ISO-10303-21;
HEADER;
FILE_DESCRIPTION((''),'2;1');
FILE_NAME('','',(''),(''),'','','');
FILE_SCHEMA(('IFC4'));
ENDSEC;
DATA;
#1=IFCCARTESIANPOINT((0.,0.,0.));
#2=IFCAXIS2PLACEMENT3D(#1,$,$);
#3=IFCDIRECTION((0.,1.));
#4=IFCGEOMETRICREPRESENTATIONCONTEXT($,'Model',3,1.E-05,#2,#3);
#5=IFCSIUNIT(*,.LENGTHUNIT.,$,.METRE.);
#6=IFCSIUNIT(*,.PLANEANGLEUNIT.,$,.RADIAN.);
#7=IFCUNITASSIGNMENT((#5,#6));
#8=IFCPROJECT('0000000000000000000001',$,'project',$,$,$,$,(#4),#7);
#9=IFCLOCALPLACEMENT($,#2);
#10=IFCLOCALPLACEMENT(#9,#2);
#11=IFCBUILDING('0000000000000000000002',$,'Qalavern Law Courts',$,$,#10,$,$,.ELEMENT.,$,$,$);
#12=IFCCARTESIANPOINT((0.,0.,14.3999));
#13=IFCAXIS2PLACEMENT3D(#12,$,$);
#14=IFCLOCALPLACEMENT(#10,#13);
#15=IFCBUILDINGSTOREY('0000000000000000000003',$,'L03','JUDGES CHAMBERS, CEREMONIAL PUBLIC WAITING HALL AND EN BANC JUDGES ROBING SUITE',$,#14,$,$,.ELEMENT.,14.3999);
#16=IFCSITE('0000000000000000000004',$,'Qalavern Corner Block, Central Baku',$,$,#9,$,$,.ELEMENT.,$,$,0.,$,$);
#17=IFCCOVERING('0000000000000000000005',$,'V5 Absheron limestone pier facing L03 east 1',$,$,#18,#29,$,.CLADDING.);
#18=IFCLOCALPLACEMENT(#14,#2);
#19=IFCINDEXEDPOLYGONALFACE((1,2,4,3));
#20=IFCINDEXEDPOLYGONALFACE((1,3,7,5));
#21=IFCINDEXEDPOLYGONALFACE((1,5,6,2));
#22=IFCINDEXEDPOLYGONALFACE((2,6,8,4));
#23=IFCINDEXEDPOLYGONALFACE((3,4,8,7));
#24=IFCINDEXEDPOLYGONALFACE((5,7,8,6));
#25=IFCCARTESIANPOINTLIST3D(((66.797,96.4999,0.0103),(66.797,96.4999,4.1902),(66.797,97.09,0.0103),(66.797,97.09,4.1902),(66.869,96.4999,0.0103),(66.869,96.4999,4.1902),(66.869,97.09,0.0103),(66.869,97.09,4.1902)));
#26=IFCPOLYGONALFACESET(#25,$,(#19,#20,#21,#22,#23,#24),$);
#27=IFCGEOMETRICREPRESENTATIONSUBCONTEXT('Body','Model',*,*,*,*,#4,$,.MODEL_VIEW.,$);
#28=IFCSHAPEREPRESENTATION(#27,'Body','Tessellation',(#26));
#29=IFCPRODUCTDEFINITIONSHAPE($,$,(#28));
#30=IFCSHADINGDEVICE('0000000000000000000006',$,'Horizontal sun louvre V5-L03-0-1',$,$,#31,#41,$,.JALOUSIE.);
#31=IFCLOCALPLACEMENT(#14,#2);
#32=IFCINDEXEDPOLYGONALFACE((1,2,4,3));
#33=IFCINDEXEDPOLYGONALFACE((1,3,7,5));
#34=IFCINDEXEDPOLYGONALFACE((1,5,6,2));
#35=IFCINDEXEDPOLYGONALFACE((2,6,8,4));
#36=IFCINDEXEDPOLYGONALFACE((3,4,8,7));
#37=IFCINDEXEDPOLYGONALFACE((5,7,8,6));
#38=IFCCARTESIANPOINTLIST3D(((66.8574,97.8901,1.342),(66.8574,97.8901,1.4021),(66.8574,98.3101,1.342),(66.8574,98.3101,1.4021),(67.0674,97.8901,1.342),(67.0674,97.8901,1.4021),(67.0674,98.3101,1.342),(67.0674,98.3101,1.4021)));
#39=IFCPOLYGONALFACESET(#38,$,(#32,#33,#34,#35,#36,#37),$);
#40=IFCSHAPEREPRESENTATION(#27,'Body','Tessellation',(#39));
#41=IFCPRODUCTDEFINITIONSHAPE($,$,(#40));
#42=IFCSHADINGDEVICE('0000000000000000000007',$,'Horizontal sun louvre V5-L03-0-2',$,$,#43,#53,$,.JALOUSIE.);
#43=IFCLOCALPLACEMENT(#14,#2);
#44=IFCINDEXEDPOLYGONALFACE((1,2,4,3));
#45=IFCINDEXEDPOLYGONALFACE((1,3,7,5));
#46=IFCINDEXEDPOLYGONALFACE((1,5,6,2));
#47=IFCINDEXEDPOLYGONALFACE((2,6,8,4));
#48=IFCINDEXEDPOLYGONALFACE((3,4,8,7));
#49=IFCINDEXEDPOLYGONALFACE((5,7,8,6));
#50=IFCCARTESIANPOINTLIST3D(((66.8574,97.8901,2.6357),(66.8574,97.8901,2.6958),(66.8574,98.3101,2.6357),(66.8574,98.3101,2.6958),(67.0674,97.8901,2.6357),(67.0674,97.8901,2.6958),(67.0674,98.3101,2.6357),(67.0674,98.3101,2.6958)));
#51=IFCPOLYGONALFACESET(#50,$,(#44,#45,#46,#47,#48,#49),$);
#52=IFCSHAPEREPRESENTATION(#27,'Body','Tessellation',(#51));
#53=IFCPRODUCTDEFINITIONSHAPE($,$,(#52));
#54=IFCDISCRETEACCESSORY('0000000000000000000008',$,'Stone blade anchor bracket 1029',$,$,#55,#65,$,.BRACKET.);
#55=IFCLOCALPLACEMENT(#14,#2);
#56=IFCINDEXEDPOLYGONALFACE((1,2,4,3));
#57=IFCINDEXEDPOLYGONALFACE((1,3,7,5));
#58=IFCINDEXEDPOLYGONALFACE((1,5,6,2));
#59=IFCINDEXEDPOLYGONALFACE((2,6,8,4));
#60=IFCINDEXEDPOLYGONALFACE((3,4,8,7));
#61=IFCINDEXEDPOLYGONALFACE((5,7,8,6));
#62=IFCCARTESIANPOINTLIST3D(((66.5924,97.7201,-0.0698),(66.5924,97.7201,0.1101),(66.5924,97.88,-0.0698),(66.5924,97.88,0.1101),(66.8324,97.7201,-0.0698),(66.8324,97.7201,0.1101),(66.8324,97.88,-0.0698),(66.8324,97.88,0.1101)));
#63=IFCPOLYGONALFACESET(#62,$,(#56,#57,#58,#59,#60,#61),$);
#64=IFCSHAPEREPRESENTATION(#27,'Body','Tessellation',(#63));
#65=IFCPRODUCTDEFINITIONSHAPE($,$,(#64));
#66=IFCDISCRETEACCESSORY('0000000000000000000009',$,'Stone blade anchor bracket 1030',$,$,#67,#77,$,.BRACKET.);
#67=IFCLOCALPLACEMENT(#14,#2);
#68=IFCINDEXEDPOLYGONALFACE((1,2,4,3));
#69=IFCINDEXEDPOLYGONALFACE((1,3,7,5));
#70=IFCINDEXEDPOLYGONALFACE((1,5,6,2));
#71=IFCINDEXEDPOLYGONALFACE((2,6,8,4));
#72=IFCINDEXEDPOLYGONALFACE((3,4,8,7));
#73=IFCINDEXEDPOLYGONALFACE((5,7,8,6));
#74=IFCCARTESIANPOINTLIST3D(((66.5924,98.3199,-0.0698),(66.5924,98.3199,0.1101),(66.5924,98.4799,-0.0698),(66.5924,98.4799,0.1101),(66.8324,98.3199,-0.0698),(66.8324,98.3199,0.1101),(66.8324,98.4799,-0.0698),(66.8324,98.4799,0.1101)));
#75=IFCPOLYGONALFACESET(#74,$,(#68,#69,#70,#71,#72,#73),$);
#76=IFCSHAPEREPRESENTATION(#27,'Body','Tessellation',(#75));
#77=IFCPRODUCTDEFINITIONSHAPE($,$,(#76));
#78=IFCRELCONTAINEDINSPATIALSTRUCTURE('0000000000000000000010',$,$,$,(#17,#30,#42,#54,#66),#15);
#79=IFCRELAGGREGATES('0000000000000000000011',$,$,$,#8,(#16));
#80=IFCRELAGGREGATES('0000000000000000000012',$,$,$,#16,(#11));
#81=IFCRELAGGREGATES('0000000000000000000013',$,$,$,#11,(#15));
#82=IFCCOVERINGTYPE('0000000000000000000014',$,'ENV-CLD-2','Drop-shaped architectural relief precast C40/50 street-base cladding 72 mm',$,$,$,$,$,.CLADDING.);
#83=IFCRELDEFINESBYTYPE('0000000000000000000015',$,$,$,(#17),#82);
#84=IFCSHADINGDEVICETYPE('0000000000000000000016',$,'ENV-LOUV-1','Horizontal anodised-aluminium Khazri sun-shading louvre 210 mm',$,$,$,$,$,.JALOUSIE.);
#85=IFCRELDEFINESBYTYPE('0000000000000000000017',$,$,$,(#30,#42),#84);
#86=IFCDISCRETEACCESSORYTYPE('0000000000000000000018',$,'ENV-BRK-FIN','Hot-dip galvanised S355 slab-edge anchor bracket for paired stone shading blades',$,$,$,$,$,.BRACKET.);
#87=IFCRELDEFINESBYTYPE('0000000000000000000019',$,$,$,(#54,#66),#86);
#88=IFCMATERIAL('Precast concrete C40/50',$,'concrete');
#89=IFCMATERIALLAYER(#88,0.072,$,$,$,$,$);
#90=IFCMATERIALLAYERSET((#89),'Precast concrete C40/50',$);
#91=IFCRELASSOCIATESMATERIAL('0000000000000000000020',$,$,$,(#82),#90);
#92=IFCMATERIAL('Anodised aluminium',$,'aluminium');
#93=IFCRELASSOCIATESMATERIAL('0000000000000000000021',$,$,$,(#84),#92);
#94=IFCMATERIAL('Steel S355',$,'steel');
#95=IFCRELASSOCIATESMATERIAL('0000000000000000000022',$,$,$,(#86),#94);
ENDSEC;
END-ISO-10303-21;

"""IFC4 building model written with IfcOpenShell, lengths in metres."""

from ifc_helpers import new_model, si_unit, direction, frame, origin, origin_2d, place, context, subcontext, project, spatial, rectangle, extrude, material, layer, layer_set, type_object, element, save


model = new_model("IFC4")

# Units and contexts
model_context = context("Model", 3, precision=1e-05, world=origin(), true_north=direction((0.0, 1.0)))
body_context = subcontext(model_context, "Body", "Model", "MODEL_VIEW")
ifc_project = project(units=[si_unit("LENGTHUNIT", "METRE"), si_unit("PLANEANGLEUNIT", "RADIAN")], contexts=[model_context])

# Site, building, storey
site_placement = place(None, origin())
site = spatial("IfcSite", under=ifc_project, at=site_placement, Name="Qalavern Corner Block, Central Baku", CompositionType="ELEMENT", RefElevation=0.0)
building_placement = place(site_placement, origin())
building = spatial("IfcBuilding", under=site, at=building_placement, Name="Qalavern Law Courts", CompositionType="ELEMENT")
storey_placement = place(building_placement, frame((0.0, 0.0, 14.3999)))
storey = spatial("IfcBuildingStorey", under=building, at=storey_placement, Name="L03", Description="JUDGES CHAMBERS, CEREMONIAL PUBLIC WAITING HALL AND EN BANC JUDGES ROBING SUITE", CompositionType="ELEMENT", Elevation=14.3999)

# Shared definitions
ifc_material_1 = material(Name="Anodised aluminium", Category="aluminium")

# Shared definitions
ifc_material_2 = material(Name="Steel S355", Category="steel")

# Covering
ifc_material_3 = material(Name="Precast concrete C40/50", Category="concrete")
ifc_layer_1 = layer(ifc_material_3, 0.072)
ifc_layer_set_1 = layer_set([ifc_layer_1], Name="Precast concrete C40/50")
covering_type_1 = type_object("IfcCoveringType", Name="ENV-CLD-2", Description="Drop-shaped architectural relief precast C40/50 street-base cladding 72 mm", PredefinedType="CLADDING", material=ifc_layer_set_1)
covering_placement = place(storey_placement, frame((66.833, 96.7949, 0.0103), z_axis=(0.0, 0.0, 1.0), x_axis=(0.0, 1.0, 0.0)))
element("IfcCovering", 1, at=covering_placement, inside=storey, type_object=covering_type_1, Name="V5 Absheron limestone pier facing L03 east 1", PredefinedType="CLADDING", context=body_context, shape_type="SweptSolid", body=[
    extrude(rectangle(XDim=0.5901, YDim=0.072, at=origin_2d()), origin(), (0.0, 0.0, 1.0), 4.1799),
])

# Shading devices
shading_device_type = type_object("IfcShadingDeviceType", Name="ENV-LOUV-1", Description="Horizontal anodised-aluminium Khazri sun-shading louvre 210 mm", PredefinedType="JALOUSIE", material=ifc_material_1)
for number, where, z_axis, x_axis, name in (
    (2, (66.9624, 98.1001, 1.342), (0.0, 0.0, 1.0), (0.0, 1.0, 0.0), "Horizontal sun louvre V5-L03-0-1"),
    (3, (66.9624, 98.1001, 2.6357), (0.0, 0.0, 1.0), (0.0, 1.0, 0.0), "Horizontal sun louvre V5-L03-0-2"),
):
    element("IfcShadingDevice", number, at=place(storey_placement, frame(where, z_axis=z_axis, x_axis=x_axis)), inside=storey, type_object=shading_device_type, Name=name, PredefinedType="JALOUSIE", context=body_context, shape_type="SweptSolid", body=[
        extrude(rectangle(XDim=0.4199, YDim=0.21, at=origin_2d()), origin(), (0.0, 0.0, 1.0), 0.0601),
    ])

# Discrete accessories
discrete_accessory_type = type_object("IfcDiscreteAccessoryType", Name="ENV-BRK-FIN", Description="Hot-dip galvanised S355 slab-edge anchor bracket for paired stone shading blades", PredefinedType="BRACKET", material=ifc_material_2)
for number, where, z_axis, x_axis, name in (
    (4, (66.7124, 97.8, -0.0698), (0.0, 0.0, 1.0), (1.0, 0.0, 0.0), "Stone blade anchor bracket 1029"),
    (5, (66.7124, 98.3999, -0.0698), (0.0, 0.0, 1.0), (1.0, 0.0, 0.0), "Stone blade anchor bracket 1030"),
):
    element("IfcDiscreteAccessory", number, at=place(storey_placement, frame(where, z_axis=z_axis, x_axis=x_axis)), inside=storey, type_object=discrete_accessory_type, Name=name, PredefinedType="BRACKET", context=body_context, shape_type="SweptSolid", body=[
        extrude(rectangle(XDim=0.24, YDim=0.1599, at=origin_2d()), origin(), (0.0, 0.0, 1.0), 0.1799),
    ])

save(model, "model.ifc")
